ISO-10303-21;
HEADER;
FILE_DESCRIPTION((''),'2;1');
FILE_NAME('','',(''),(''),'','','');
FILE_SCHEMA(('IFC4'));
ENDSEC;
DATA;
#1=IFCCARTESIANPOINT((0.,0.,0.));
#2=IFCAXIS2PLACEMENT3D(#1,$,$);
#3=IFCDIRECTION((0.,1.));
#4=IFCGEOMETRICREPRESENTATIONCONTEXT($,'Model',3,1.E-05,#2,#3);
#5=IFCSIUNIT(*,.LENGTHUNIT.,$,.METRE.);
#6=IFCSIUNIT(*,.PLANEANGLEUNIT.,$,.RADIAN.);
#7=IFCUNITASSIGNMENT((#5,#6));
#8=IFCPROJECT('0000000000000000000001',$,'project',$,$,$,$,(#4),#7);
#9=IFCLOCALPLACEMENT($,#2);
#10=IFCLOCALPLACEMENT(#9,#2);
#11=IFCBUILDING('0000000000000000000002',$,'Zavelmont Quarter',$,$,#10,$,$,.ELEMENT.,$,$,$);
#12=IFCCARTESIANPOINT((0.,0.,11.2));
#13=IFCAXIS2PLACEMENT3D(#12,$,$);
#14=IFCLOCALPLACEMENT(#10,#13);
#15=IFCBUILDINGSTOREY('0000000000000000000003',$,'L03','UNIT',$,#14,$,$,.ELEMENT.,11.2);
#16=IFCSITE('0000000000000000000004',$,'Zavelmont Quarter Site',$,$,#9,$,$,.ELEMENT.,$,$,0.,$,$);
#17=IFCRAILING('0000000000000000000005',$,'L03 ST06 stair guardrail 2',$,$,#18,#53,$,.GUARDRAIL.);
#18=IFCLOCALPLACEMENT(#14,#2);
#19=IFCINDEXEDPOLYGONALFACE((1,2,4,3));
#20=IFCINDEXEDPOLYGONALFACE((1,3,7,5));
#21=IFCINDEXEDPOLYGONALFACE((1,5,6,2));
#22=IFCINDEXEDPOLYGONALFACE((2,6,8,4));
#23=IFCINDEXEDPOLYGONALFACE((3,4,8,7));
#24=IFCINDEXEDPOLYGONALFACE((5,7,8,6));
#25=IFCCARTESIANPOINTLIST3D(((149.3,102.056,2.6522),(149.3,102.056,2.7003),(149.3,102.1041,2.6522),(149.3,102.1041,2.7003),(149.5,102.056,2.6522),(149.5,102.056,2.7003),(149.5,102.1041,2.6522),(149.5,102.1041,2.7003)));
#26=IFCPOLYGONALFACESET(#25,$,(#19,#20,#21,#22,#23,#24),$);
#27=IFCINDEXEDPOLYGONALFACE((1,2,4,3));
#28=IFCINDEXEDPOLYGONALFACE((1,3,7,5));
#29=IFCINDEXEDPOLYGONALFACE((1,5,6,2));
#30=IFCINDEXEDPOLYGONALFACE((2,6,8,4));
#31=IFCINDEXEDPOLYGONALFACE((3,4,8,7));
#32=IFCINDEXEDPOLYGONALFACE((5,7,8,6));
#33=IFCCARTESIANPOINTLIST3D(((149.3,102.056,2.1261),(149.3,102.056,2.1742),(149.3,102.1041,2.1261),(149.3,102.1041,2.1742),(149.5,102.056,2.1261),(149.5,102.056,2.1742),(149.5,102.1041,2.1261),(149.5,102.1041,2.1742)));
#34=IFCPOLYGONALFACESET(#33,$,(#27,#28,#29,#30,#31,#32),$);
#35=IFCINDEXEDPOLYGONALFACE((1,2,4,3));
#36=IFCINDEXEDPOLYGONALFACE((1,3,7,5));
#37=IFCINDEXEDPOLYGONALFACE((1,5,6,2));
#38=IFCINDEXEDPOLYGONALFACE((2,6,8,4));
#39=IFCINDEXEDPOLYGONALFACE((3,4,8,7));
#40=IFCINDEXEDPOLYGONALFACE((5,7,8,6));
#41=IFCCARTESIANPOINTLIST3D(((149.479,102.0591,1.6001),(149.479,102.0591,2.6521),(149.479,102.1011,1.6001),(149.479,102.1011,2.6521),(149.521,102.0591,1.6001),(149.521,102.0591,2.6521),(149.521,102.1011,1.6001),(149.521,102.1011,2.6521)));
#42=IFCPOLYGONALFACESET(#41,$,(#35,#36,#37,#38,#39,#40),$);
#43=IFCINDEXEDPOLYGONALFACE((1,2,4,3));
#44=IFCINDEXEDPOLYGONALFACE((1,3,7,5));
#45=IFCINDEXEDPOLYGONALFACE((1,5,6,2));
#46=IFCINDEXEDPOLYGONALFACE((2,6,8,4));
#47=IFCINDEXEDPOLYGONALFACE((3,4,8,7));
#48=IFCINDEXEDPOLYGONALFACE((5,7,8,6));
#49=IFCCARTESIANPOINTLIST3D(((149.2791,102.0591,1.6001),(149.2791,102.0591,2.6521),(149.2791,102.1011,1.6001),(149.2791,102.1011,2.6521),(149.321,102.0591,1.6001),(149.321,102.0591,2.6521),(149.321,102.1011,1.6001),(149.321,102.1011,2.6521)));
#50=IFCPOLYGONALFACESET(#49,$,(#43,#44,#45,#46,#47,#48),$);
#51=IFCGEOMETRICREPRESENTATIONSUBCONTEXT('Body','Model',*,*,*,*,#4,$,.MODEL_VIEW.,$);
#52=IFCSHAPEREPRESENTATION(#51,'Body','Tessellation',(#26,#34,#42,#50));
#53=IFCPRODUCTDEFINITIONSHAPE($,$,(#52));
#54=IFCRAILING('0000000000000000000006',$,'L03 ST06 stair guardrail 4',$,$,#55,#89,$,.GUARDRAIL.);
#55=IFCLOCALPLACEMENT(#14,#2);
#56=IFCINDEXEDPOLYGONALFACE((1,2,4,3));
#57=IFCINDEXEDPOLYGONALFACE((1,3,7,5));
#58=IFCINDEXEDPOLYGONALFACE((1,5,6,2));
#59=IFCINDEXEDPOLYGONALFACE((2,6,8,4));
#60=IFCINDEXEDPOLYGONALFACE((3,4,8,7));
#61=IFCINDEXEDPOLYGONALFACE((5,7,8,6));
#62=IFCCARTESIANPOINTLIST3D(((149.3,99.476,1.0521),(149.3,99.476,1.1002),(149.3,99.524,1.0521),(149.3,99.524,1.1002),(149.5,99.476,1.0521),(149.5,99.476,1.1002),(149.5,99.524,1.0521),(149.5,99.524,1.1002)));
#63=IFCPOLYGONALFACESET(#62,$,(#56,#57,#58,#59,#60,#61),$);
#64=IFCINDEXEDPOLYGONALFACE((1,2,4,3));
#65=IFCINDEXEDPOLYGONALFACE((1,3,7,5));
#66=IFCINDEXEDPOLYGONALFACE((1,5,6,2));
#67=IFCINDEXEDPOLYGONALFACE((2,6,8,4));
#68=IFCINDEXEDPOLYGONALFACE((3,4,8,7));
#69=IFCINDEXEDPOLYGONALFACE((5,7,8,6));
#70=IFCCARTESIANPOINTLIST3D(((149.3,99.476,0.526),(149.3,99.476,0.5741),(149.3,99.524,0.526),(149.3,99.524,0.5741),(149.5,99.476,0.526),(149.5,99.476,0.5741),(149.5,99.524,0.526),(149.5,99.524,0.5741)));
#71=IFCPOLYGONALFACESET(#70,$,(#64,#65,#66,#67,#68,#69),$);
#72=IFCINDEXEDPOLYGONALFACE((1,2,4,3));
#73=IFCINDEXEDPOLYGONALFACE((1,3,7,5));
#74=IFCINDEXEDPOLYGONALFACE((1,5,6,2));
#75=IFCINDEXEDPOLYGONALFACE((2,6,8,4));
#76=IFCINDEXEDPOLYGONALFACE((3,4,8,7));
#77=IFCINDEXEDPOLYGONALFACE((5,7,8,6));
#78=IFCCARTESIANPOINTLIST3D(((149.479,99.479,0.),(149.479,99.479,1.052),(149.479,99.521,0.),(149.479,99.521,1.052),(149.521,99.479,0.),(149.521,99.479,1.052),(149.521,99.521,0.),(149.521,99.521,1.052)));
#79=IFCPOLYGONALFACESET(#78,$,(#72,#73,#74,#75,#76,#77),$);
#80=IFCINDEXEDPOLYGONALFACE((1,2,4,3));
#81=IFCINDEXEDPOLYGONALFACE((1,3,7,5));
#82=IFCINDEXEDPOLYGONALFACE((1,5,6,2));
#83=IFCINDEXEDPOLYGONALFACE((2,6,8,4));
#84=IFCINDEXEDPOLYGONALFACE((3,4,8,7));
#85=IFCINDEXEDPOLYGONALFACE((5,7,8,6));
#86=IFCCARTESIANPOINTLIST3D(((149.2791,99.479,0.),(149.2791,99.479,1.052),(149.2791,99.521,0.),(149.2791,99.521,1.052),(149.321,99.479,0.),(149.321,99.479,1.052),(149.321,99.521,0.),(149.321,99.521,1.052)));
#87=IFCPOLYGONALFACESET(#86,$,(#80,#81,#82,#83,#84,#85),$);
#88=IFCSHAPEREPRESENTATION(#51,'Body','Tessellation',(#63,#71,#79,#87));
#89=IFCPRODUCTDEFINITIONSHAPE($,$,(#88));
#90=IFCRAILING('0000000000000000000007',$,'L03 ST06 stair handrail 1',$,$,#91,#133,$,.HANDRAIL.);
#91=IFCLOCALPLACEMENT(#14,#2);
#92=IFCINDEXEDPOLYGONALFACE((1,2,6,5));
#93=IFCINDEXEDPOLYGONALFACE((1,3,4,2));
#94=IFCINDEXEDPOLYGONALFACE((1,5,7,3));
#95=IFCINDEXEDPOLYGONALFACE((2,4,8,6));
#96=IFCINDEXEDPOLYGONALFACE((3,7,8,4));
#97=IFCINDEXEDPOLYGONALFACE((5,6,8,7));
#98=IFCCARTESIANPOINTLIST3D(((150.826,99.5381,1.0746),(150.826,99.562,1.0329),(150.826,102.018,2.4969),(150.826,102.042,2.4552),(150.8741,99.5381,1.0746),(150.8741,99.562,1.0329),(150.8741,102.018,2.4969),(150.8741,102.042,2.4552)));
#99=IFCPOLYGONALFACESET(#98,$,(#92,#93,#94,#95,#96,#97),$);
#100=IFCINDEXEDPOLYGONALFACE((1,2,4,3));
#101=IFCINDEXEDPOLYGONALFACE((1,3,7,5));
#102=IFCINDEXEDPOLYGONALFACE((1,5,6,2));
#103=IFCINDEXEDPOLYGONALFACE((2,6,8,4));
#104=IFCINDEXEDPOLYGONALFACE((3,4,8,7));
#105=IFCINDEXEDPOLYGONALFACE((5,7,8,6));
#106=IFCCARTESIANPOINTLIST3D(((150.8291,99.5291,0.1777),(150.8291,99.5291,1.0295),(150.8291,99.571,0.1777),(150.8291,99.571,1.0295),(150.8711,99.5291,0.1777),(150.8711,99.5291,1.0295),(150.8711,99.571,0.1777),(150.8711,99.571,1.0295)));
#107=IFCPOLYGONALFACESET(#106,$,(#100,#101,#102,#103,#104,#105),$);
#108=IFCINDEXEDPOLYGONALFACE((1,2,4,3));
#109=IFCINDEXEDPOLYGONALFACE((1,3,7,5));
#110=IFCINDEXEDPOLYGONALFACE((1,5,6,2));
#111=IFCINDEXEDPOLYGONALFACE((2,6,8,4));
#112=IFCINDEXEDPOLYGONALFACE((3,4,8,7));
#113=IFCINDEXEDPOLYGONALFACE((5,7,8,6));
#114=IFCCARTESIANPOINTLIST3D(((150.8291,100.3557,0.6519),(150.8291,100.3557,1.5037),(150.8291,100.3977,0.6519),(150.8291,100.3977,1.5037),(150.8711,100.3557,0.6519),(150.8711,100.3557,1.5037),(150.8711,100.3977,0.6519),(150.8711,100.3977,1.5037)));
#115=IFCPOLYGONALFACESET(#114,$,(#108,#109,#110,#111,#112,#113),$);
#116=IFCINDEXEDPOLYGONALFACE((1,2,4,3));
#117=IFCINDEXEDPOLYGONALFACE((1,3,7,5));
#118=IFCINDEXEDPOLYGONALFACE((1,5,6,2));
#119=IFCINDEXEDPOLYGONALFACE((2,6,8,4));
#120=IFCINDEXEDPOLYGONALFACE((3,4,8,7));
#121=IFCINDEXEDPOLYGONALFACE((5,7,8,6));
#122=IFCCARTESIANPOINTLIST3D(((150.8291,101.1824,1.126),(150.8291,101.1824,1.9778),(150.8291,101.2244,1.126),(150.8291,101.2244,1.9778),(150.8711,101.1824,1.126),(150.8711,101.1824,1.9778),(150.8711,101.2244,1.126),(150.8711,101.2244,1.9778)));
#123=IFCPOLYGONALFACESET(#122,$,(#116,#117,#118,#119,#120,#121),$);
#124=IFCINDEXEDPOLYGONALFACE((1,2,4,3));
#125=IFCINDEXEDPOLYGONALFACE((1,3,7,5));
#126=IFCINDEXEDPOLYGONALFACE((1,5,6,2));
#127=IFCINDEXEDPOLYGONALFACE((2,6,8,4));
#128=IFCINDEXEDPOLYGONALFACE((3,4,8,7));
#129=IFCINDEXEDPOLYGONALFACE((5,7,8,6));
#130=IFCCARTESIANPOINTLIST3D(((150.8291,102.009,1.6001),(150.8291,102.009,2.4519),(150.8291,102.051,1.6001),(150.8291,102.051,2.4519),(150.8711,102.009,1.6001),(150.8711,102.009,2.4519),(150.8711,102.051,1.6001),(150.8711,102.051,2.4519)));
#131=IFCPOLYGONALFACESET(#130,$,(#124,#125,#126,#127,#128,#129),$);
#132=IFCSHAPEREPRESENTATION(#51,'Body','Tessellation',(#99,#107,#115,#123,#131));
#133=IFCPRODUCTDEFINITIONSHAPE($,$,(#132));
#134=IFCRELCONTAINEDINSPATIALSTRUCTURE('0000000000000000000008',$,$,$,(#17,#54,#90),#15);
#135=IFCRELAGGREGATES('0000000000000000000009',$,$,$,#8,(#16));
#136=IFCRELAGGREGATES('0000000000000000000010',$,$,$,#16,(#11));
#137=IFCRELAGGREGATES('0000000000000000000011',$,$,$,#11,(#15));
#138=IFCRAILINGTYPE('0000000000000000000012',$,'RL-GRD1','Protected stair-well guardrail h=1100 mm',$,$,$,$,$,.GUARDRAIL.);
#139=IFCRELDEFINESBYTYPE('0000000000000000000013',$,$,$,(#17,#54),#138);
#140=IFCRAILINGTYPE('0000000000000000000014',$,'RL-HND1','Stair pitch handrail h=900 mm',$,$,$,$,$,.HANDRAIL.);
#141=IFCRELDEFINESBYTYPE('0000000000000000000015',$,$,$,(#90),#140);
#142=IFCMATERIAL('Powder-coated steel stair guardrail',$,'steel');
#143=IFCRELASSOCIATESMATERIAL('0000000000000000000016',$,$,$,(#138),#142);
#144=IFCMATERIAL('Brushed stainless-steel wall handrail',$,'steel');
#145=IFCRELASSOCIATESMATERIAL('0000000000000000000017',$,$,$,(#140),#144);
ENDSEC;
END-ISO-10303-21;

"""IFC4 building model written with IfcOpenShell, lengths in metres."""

from ifc_helpers import new_model, si_unit, direction, frame, origin, origin_2d, place, context, subcontext, project, spatial, rectangle, extrude, material, type_object, element, save


model = new_model("IFC4")

# Units and contexts
model_context = context("Model", 3, precision=1e-05, world=origin(), true_north=direction((0.0, 1.0)))
body_context = subcontext(model_context, "Body", "Model", "MODEL_VIEW")
ifc_project = project(units=[si_unit("LENGTHUNIT", "METRE"), si_unit("PLANEANGLEUNIT", "RADIAN")], contexts=[model_context])

# Site, building, storey
site_placement = place(None, origin())
site = spatial("IfcSite", under=ifc_project, at=site_placement, Name="Zavelmont Quarter Site", CompositionType="ELEMENT", RefElevation=0.0)
building_placement = place(site_placement, origin())
building = spatial("IfcBuilding", under=site, at=building_placement, Name="Zavelmont Quarter", CompositionType="ELEMENT")
storey_placement = place(building_placement, frame((0.0, 0.0, 11.2)))
storey = spatial("IfcBuildingStorey", under=building, at=storey_placement, Name="L03", Description="UNIT", CompositionType="ELEMENT", Elevation=11.2)

# Railings
ifc_material_1 = material(Name="Powder-coated steel stair guardrail", Category="steel")
railing_type_1 = type_object("IfcRailingType", Name="RL-GRD1", Description="Protected stair-well guardrail h=1100 mm", PredefinedType="GUARDRAIL", material=ifc_material_1)
for number, where, name in (
    (1, (149.5, 102.0801, 1.6001), "L03 ST06 stair guardrail 2"),
    (2, (149.5, 99.5, 0.0), "L03 ST06 stair guardrail 4"),
):
    element("IfcRailing", number, at=place(storey_placement, frame(where)), inside=storey, type_object=railing_type_1, Name=name, PredefinedType="GUARDRAIL", context=body_context, shape_type="SweptSolid", body=[
        extrude(rectangle(XDim=0.0481, YDim=0.0481, at=origin_2d()), frame((0.0, 0.0, 1.0762), z_axis=(-1.0, 0.0, 0.0), x_axis=(0.0, -1.0, 0.0)), (0.0, 0.0, 1.0), 0.2),
        extrude(rectangle(XDim=0.0481, YDim=0.0481, at=origin_2d()), frame((0.0, 0.0, 0.55), z_axis=(-1.0, 0.0, 0.0), x_axis=(0.0, -1.0, 0.0)), (0.0, 0.0, 1.0), 0.2),
        extrude(rectangle(XDim=0.042, YDim=0.042, at=origin_2d()), origin(), (0.0, 0.0, 1.0), 1.052),
        extrude(rectangle(XDim=0.042, YDim=0.042, at=origin_2d()), frame((-0.2, 0.0, 0.0)), (0.0, 0.0, 1.0), 1.052),
    ])
ifc_material_2 = material(Name="Brushed stainless-steel wall handrail", Category="steel")
railing_type_2 = type_object("IfcRailingType", Name="RL-HND1", Description="Stair pitch handrail h=900 mm", PredefinedType="HANDRAIL", material=ifc_material_2)
railing_1_placement = place(storey_placement, frame((150.8501, 99.55, 0.1777)))
element("IfcRailing", 3, at=railing_1_placement, inside=storey, type_object=railing_type_2, Name="L03 ST06 stair handrail 1", PredefinedType="HANDRAIL", context=body_context, shape_type="SweptSolid", body=[
    extrude(rectangle(XDim=0.0481, YDim=0.0481, at=origin_2d()), frame((0.0, 0.0, 0.876), z_axis=(0.0, 0.867454, 0.497518), x_axis=(-1.0, 0.0, 0.0)), (0.0, 0.0, 1.0), 2.8589),
    extrude(rectangle(XDim=0.042, YDim=0.042, at=origin_2d()), origin(), (0.0, 0.0, 1.0), 0.8518),
    extrude(rectangle(XDim=0.042, YDim=0.042, at=origin_2d()), frame((0.0, 0.8267, 0.4741)), (0.0, 0.0, 1.0), 0.8518),
    extrude(rectangle(XDim=0.042, YDim=0.042, at=origin_2d()), frame((0.0, 1.6533, 0.9482)), (0.0, 0.0, 1.0), 0.8518),
    extrude(rectangle(XDim=0.042, YDim=0.042, at=origin_2d()), frame((0.0, 2.48, 1.4224)), (0.0, 0.0, 1.0), 0.8518),
])

save(model, "model.ifc")
